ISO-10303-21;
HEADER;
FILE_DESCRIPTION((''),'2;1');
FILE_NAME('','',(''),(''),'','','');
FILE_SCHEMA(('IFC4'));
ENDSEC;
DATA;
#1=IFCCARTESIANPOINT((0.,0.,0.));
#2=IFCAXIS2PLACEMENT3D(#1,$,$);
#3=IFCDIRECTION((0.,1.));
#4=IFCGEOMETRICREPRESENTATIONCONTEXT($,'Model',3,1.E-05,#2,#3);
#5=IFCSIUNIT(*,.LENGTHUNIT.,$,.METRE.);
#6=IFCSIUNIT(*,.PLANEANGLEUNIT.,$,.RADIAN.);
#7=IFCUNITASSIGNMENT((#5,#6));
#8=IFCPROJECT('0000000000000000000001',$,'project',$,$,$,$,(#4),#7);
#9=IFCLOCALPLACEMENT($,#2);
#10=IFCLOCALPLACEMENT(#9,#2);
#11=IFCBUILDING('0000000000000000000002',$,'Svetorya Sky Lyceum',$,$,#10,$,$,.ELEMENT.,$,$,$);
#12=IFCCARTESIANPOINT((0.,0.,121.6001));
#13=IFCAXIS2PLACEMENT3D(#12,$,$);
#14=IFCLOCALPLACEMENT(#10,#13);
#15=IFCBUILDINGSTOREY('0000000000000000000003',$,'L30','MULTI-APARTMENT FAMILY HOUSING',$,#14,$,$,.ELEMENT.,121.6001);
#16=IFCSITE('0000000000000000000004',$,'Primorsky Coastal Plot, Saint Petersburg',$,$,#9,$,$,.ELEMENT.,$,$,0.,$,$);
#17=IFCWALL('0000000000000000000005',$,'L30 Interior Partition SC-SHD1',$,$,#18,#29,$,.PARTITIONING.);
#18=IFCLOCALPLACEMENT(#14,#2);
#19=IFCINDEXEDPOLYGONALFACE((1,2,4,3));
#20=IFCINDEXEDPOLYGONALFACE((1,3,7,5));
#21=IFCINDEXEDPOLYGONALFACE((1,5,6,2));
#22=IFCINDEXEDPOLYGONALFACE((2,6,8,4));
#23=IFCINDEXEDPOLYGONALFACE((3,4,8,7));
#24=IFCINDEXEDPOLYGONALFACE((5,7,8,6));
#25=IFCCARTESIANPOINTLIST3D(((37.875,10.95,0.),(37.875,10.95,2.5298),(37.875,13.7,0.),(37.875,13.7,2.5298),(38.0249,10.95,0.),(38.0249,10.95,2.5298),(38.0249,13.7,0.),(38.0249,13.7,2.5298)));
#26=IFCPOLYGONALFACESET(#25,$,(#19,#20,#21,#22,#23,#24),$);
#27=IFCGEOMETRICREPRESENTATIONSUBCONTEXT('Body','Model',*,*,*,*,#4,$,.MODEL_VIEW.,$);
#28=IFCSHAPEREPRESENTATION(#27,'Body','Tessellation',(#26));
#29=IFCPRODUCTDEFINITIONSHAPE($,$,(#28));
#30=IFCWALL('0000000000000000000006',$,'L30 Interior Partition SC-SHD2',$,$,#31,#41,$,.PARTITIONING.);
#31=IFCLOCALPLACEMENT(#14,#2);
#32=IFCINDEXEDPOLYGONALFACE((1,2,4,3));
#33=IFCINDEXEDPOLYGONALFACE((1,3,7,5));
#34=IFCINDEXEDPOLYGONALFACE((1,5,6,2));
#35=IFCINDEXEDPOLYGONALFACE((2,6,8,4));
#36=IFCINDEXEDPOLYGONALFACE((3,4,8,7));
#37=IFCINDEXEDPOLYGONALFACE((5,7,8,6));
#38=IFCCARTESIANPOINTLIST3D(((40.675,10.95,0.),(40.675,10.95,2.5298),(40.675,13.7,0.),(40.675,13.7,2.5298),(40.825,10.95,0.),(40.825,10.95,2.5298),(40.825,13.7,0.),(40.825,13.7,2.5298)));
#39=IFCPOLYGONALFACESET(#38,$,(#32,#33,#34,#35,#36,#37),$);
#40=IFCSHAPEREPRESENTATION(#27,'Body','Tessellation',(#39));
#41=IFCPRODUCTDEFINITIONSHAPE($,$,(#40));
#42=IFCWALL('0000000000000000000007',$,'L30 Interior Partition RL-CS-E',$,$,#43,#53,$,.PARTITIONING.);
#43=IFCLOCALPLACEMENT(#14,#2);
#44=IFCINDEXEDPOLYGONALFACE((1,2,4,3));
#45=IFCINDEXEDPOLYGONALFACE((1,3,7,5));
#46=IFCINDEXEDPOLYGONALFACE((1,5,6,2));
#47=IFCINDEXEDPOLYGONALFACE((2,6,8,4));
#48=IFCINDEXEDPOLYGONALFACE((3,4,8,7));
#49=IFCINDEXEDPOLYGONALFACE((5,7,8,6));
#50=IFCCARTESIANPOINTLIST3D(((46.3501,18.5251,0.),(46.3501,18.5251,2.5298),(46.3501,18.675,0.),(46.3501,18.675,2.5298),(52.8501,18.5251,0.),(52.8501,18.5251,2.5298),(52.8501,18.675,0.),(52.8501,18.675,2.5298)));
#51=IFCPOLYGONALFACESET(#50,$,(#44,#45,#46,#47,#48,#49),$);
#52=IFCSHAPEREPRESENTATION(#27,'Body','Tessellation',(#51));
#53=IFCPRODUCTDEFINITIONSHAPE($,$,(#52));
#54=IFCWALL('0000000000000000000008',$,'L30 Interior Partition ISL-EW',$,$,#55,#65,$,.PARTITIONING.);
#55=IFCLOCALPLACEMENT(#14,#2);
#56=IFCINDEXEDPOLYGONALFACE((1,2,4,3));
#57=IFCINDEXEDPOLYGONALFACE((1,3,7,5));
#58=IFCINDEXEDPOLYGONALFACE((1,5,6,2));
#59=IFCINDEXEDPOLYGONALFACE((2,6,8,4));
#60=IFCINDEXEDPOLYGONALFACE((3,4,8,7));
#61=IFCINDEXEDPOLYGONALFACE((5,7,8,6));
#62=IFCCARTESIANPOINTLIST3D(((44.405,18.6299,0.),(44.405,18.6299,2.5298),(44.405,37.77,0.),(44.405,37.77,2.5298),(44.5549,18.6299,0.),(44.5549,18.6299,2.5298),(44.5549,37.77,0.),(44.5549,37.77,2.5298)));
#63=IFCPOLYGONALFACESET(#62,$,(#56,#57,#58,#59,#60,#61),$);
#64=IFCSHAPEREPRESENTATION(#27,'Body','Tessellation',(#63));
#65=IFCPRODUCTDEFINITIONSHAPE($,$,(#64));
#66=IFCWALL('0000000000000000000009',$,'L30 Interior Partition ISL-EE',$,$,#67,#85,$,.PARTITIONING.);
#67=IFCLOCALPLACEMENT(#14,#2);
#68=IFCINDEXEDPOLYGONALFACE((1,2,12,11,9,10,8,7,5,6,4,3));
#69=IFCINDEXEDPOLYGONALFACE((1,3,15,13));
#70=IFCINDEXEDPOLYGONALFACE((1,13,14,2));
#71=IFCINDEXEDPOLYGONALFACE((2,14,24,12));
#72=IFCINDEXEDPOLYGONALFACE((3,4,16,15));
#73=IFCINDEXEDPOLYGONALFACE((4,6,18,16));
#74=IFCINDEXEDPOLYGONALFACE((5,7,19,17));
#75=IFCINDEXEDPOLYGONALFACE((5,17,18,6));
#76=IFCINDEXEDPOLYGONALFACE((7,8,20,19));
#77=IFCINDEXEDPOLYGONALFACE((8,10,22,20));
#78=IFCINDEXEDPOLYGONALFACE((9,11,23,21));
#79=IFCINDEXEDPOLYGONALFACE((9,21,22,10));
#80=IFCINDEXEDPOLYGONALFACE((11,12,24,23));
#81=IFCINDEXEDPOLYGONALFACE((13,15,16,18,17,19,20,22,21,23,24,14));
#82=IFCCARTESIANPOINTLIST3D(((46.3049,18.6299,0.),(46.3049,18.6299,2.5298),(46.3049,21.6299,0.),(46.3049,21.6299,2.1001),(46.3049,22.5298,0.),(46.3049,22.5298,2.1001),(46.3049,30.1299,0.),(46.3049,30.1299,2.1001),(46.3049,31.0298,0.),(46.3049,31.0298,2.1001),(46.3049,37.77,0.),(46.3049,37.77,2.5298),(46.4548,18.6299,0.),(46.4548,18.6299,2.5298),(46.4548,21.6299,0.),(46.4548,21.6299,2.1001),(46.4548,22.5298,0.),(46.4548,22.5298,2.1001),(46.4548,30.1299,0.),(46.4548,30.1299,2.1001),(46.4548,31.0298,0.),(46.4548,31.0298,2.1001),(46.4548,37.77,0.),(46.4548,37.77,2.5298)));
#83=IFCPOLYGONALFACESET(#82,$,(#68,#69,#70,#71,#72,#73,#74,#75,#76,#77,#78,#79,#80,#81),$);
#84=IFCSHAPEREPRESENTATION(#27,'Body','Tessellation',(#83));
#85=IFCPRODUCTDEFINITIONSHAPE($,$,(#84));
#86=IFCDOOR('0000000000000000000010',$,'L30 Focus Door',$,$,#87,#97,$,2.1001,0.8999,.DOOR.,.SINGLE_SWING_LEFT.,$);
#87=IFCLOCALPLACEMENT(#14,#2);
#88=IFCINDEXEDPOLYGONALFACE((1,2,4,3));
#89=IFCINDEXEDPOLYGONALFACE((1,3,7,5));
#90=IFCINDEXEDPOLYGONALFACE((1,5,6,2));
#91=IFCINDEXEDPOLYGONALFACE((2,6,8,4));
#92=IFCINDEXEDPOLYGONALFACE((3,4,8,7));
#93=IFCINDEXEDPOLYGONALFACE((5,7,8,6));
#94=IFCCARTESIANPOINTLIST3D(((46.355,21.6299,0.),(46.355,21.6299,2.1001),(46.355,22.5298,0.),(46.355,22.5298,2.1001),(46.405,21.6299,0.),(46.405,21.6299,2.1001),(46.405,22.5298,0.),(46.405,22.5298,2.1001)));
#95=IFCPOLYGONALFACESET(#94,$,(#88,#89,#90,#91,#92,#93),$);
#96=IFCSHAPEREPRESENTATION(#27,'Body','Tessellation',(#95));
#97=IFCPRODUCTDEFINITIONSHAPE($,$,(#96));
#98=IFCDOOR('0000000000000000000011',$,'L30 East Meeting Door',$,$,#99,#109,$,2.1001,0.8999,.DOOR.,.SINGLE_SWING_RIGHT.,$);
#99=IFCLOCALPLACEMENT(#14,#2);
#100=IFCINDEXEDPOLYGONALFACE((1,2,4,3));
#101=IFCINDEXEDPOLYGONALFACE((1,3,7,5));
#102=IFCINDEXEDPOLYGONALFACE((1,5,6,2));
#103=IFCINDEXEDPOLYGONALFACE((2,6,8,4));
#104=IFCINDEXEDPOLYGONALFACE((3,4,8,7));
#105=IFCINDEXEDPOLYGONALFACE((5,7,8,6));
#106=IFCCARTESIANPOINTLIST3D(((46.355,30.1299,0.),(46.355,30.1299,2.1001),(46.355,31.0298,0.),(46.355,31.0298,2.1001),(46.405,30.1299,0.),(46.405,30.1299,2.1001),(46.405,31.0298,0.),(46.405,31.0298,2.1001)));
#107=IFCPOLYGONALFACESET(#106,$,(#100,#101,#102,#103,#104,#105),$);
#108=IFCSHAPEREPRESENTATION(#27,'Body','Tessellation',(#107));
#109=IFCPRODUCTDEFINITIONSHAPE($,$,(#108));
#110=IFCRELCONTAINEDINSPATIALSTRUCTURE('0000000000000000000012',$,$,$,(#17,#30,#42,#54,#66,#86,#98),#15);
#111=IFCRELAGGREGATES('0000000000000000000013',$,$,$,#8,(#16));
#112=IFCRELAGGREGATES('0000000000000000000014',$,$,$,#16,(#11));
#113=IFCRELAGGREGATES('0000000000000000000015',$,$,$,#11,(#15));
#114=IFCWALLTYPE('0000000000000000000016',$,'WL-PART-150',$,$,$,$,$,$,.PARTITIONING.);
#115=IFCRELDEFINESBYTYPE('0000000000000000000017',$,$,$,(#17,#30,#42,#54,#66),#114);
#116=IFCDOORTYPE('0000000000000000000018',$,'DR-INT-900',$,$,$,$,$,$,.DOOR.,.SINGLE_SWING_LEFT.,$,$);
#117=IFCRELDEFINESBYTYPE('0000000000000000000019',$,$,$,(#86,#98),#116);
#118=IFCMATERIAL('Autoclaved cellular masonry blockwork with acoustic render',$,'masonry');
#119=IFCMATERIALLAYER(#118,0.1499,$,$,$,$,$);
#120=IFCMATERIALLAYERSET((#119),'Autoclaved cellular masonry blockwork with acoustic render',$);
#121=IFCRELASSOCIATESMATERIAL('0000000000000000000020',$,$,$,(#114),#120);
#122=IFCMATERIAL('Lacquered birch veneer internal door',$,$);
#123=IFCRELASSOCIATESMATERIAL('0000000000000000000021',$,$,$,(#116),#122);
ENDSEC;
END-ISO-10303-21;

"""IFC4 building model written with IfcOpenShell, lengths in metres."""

from ifc_helpers import new_model, si_unit, direction, frame, frame_2d, origin, place, context, subcontext, project, spatial, rectangle, extrude, material, layer, layer_set, type_object, element, fill, save


model = new_model("IFC4")

# Units and contexts
model_context = context("Model", 3, precision=1e-05, world=origin(), true_north=direction((0.0, 1.0)))
body_context = subcontext(model_context, "Body", "Model", "MODEL_VIEW")
ifc_project = project(units=[si_unit("LENGTHUNIT", "METRE"), si_unit("PLANEANGLEUNIT", "RADIAN")], contexts=[model_context])

# Site, building, storey
site_placement = place(None, origin())
site = spatial("IfcSite", under=ifc_project, at=site_placement, Name="Primorsky Coastal Plot, Saint Petersburg", CompositionType="ELEMENT", RefElevation=0.0)
building_placement = place(site_placement, origin())
building = spatial("IfcBuilding", under=site, at=building_placement, Name="Svetorya Sky Lyceum", CompositionType="ELEMENT")
storey_placement = place(building_placement, frame((0.0, 0.0, 121.6001)))
storey = spatial("IfcBuildingStorey", under=building, at=storey_placement, Name="L30", Description="MULTI-APARTMENT FAMILY HOUSING", CompositionType="ELEMENT", Elevation=121.6001)

# Walls
ifc_material_1 = material(Name="Autoclaved cellular masonry blockwork with acoustic render", Category="masonry")
ifc_layer_1 = layer(ifc_material_1, 0.1499)
ifc_layer_set_1 = layer_set([ifc_layer_1], Name="Autoclaved cellular masonry blockwork with acoustic render")
wall_type_1 = type_object("IfcWallType", Name="WL-PART-150", PredefinedType="PARTITIONING", material=ifc_layer_set_1)
for number, where, z_axis, x_axis, name in (
    (1, (37.95, 10.95, 0.0), (0.0, 0.0, 1.0), (0.0, 1.0, 0.0), "L30 Interior Partition SC-SHD1"),
    (2, (40.75, 10.95, 0.0), (0.0, 0.0, 1.0), (0.0, 1.0, 0.0), "L30 Interior Partition SC-SHD2"),
):
    element("IfcWall", number, at=place(storey_placement, frame(where, z_axis=z_axis, x_axis=x_axis)), inside=storey, type_object=wall_type_1, Name=name, PredefinedType="PARTITIONING", context=body_context, shape_type="SweptSolid", body=[
        extrude(rectangle(XDim=2.75, YDim=0.1499, at=frame_2d((1.375, 0.0))), origin(), (0.0, 0.0, 1.0), 2.5298),
    ])
wall_1_placement = place(storey_placement, frame((46.3501, 18.6001, 0.0), z_axis=(0.0, 0.0, 1.0), x_axis=(1.0, 0.0, 0.0)))
element("IfcWall", 3, at=wall_1_placement, inside=storey, type_object=wall_type_1, Name="L30 Interior Partition RL-CS-E", PredefinedType="PARTITIONING", context=body_context, shape_type="SweptSolid", body=[
    extrude(rectangle(XDim=6.5, YDim=0.1499, at=frame_2d((3.25, 0.0))), origin(), (0.0, 0.0, 1.0), 2.5298),
])
wall_2_placement = place(storey_placement, frame((44.48, 18.6299, 0.0), z_axis=(0.0, 0.0, 1.0), x_axis=(0.0, 1.0, 0.0)))
element("IfcWall", 4, at=wall_2_placement, inside=storey, type_object=wall_type_1, Name="L30 Interior Partition ISL-EW", PredefinedType="PARTITIONING", context=body_context, shape_type="SweptSolid", body=[
    extrude(rectangle(XDim=19.1401, YDim=0.1499, at=frame_2d((9.5701, 0.0))), origin(), (0.0, 0.0, 1.0), 2.5298),
])

# Wall, openings, doors
wall_3_placement = place(storey_placement, frame((46.3799, 18.6299, 0.0), z_axis=(0.0, 0.0, 1.0), x_axis=(0.0, 1.0, 0.0)))
wall_3 = element("IfcWall", 5, at=wall_3_placement, inside=storey, type_object=wall_type_1, Name="L30 Interior Partition ISL-EE", PredefinedType="PARTITIONING", context=body_context, shape_type="SweptSolid", body=[
    extrude(rectangle(XDim=19.1401, YDim=0.1499, at=frame_2d((9.5701, 0.0))), origin(), (0.0, 0.0, 1.0), 2.5298),
])
opening_1_placement = place(wall_3_placement, frame((3.0, 0.0, 0.0)))
opening_1 = element("IfcOpeningElement", 6, at=opening_1_placement, cuts=wall_3, PredefinedType="OPENING", context=body_context, shape_type="SweptSolid", body=[
    extrude(rectangle(XDim=0.8999, YDim=2.1001, at=frame_2d((0.45, 1.05))), frame((0.0, 0.085, 0.0), z_axis=(0.0, -1.0, 0.0), x_axis=(1.0, 0.0, 0.0)), (0.0, 0.0, 1.0), 0.1699),
])
opening_2_placement = place(wall_3_placement, frame((11.5, 0.0, 0.0)))
opening_2 = element("IfcOpeningElement", 7, at=opening_2_placement, cuts=wall_3, PredefinedType="OPENING", context=body_context, shape_type="SweptSolid", body=[
    extrude(rectangle(XDim=0.8999, YDim=2.1001, at=frame_2d((0.45, 1.05))), frame((0.0, 0.085, 0.0), z_axis=(0.0, -1.0, 0.0), x_axis=(1.0, 0.0, 0.0)), (0.0, 0.0, 1.0), 0.1699),
])
ifc_material_2 = material(Name="Lacquered birch veneer internal door")
door_type_1 = type_object("IfcDoorType", Name="DR-INT-900", OperationType="SINGLE_SWING_LEFT", PredefinedType="DOOR", material=ifc_material_2)
door_1_placement = place(opening_1_placement, origin())
door_1 = element("IfcDoor", 8, at=door_1_placement, inside=storey, type_object=door_type_1, Name="L30 Focus Door", OperationType="SINGLE_SWING_LEFT", OverallHeight=2.1001, OverallWidth=0.8999, PredefinedType="DOOR", context=body_context, shape_type="SweptSolid", body=[
    extrude(rectangle(XDim=0.8999, YDim=2.1001, at=frame_2d((0.45, 1.05))), frame((0.0, 0.0249, 0.0), z_axis=(0.0, -1.0, 0.0), x_axis=(1.0, 0.0, 0.0)), (0.0, 0.0, 1.0), 0.05),
])
fill(opening_1, door_1)
door_2_placement = place(opening_2_placement, origin())
door_2 = element("IfcDoor", 9, at=door_2_placement, inside=storey, type_object=door_type_1, Name="L30 East Meeting Door", OperationType="SINGLE_SWING_RIGHT", OverallHeight=2.1001, OverallWidth=0.8999, PredefinedType="DOOR", context=body_context, shape_type="SweptSolid", body=[
    extrude(rectangle(XDim=0.8999, YDim=2.1001, at=frame_2d((0.45, 1.05))), frame((0.0, 0.0249, 0.0), z_axis=(0.0, -1.0, 0.0), x_axis=(1.0, 0.0, 0.0)), (0.0, 0.0, 1.0), 0.05),
])
fill(opening_2, door_2)

save(model, "model.ifc")
